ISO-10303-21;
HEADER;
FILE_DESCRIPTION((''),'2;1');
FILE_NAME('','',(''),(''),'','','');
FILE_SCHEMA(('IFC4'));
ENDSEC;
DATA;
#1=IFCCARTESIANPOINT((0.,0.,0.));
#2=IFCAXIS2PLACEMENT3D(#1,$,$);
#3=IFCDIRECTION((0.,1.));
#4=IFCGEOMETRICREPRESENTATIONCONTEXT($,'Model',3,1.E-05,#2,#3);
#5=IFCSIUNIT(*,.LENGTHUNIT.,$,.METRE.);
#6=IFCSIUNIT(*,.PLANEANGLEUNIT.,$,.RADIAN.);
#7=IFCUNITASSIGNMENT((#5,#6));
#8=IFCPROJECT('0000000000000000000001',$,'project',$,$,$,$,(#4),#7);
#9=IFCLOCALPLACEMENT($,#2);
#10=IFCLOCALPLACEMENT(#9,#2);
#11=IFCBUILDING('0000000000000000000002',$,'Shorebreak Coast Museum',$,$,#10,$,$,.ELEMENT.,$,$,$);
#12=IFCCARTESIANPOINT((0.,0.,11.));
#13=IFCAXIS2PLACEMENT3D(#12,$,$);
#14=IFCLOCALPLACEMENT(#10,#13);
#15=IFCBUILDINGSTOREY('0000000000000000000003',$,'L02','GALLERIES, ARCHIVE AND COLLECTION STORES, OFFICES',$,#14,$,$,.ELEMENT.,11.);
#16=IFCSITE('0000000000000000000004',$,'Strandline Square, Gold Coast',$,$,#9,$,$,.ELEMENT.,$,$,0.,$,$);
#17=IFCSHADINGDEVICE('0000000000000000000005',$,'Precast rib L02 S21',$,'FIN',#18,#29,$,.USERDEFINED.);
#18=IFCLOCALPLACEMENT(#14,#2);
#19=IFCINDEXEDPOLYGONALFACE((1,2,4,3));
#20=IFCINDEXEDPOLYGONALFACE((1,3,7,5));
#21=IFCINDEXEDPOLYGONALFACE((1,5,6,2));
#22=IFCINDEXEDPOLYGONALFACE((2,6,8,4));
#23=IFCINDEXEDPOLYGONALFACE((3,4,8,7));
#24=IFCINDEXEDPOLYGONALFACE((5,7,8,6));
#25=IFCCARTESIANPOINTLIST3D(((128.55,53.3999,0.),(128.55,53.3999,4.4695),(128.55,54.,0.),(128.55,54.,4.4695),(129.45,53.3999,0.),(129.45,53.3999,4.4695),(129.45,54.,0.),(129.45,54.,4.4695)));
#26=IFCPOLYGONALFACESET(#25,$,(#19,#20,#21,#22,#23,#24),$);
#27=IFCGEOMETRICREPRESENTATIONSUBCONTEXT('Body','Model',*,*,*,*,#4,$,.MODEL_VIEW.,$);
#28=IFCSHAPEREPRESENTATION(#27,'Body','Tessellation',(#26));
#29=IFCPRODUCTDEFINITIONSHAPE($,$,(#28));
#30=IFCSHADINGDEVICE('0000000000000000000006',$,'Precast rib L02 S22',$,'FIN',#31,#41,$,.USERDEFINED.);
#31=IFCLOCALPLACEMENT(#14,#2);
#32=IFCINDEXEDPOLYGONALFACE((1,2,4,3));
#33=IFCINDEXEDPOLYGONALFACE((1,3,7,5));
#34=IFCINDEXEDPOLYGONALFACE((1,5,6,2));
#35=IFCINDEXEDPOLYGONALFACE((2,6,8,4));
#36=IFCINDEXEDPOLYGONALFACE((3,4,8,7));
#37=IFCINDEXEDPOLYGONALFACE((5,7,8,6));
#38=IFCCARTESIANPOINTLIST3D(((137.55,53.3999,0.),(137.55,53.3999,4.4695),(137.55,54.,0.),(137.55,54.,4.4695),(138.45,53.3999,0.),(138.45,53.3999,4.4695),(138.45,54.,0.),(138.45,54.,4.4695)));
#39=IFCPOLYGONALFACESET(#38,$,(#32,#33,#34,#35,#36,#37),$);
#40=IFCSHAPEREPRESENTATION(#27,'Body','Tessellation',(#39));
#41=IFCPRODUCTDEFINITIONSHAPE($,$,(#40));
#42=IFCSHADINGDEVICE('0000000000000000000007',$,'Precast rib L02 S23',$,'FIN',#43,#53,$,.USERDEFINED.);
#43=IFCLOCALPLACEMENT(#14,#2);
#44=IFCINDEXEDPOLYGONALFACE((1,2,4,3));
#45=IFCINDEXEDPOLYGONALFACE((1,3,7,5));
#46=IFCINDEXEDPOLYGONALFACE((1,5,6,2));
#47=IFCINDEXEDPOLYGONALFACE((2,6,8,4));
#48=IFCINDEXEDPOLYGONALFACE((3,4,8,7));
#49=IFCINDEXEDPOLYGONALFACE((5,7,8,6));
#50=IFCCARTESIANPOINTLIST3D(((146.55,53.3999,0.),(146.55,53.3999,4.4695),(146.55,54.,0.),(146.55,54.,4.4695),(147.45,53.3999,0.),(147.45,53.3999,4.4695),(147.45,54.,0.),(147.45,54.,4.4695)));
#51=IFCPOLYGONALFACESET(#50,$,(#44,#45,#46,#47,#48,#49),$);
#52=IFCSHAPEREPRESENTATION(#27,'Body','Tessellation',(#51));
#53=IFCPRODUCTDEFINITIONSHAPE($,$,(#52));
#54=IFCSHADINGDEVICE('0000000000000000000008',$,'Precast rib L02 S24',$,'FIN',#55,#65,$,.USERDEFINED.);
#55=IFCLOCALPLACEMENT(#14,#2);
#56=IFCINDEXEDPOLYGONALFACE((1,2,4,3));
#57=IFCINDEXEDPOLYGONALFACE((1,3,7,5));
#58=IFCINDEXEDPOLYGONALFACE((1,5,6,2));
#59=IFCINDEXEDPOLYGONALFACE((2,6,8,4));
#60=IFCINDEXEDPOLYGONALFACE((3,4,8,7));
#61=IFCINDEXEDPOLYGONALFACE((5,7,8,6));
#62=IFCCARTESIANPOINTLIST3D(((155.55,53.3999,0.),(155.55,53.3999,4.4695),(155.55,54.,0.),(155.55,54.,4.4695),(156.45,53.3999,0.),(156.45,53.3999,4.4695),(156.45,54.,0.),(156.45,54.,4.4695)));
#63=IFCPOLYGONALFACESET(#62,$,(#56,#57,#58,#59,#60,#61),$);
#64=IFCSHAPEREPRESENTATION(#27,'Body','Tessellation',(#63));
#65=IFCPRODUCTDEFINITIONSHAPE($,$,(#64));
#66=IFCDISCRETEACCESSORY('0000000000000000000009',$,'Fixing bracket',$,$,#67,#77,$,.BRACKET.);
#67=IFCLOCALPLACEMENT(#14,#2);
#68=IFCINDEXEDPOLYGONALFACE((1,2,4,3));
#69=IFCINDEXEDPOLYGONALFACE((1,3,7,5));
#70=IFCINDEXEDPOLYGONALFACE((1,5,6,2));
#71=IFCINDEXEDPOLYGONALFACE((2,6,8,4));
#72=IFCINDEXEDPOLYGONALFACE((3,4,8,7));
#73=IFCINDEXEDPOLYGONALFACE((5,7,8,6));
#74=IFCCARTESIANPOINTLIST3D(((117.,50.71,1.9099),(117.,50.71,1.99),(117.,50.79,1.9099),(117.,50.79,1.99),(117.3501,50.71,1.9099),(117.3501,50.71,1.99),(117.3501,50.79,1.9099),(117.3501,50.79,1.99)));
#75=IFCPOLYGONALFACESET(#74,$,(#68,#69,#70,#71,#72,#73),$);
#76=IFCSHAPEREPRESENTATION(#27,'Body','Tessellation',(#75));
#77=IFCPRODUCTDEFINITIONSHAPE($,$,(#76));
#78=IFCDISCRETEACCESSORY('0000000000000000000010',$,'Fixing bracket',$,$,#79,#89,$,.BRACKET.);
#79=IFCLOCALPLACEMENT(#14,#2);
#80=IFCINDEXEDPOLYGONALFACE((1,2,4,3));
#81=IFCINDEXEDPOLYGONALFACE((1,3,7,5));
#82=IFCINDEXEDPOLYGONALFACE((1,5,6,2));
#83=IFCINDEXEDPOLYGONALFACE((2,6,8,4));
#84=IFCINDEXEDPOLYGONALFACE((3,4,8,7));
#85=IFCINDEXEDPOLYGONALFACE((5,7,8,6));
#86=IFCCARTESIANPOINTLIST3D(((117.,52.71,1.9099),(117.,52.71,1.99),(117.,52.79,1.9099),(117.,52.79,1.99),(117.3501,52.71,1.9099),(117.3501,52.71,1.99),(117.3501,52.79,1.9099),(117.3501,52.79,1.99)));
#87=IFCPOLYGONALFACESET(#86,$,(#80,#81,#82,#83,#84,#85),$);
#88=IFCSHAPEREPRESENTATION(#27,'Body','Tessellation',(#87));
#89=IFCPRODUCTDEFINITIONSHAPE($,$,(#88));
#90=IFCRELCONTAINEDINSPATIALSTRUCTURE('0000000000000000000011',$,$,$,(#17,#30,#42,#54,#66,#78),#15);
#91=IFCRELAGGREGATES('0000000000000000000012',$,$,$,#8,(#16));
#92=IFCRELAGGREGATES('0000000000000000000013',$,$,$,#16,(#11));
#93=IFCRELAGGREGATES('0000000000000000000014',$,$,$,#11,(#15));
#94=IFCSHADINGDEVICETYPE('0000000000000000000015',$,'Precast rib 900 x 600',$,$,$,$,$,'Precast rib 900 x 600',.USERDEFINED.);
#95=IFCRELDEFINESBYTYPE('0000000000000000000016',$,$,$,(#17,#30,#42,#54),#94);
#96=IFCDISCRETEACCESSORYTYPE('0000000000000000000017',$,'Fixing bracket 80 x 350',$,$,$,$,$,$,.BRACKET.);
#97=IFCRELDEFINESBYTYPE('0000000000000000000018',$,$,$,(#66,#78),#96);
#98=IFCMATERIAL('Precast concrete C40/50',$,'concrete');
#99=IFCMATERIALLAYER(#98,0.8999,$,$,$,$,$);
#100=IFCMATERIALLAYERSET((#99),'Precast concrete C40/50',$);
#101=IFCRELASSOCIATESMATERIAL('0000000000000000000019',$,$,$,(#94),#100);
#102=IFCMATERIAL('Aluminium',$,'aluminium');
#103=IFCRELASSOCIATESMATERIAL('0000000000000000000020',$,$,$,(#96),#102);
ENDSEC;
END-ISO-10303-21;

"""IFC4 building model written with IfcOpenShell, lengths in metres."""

from ifc_helpers import new_model, si_unit, direction, frame, origin, origin_2d, place, context, subcontext, project, spatial, rectangle, extrude, material, layer, layer_set, type_object, element, save


model = new_model("IFC4")

# Units and contexts
model_context = context("Model", 3, precision=1e-05, world=origin(), true_north=direction((0.0, 1.0)))
body_context = subcontext(model_context, "Body", "Model", "MODEL_VIEW")
ifc_project = project(units=[si_unit("LENGTHUNIT", "METRE"), si_unit("PLANEANGLEUNIT", "RADIAN")], contexts=[model_context])

# Site, building, storey
site_placement = place(None, origin())
site = spatial("IfcSite", under=ifc_project, at=site_placement, Name="Strandline Square, Gold Coast", CompositionType="ELEMENT", RefElevation=0.0)
building_placement = place(site_placement, origin())
building = spatial("IfcBuilding", under=site, at=building_placement, Name="Shorebreak Coast Museum", CompositionType="ELEMENT")
storey_placement = place(building_placement, frame((0.0, 0.0, 11.0)))
storey = spatial("IfcBuildingStorey", under=building, at=storey_placement, Name="L02", Description="GALLERIES, ARCHIVE AND COLLECTION STORES, OFFICES", CompositionType="ELEMENT", Elevation=11.0)

# Shading devices
ifc_material_1 = material(Name="Precast concrete C40/50", Category="concrete")
ifc_layer_1 = layer(ifc_material_1, 0.8999)
ifc_layer_set_1 = layer_set([ifc_layer_1], Name="Precast concrete C40/50")
shading_device_type_1 = type_object("IfcShadingDeviceType", Name="Precast rib 900 x 600", ElementType="Precast rib 900 x 600", PredefinedType="USERDEFINED", material=ifc_layer_set_1)
for number, where, z_axis, x_axis, name in (
    (1, (129.0, 53.7, 0.0), (0.0, 0.0, 1.0), (1.0, 0.0, 0.0), "Precast rib L02 S21"),
    (2, (138.0, 53.7, 0.0), (0.0, 0.0, 1.0), (1.0, 0.0, 0.0), "Precast rib L02 S22"),
    (3, (147.0, 53.7, 0.0), (0.0, 0.0, 1.0), (1.0, 0.0, 0.0), "Precast rib L02 S23"),
    (4, (156.0, 53.7, 0.0), (0.0, 0.0, 1.0), (1.0, 0.0, 0.0), "Precast rib L02 S24"),
):
    element("IfcShadingDevice", number, at=place(storey_placement, frame(where, z_axis=z_axis, x_axis=x_axis)), inside=storey, type_object=shading_device_type_1, Name=name, ObjectType="FIN", PredefinedType="USERDEFINED", context=body_context, shape_type="SweptSolid", body=[
        extrude(rectangle(XDim=0.8999, YDim=0.6001, at=origin_2d()), origin(), (0.0, 0.0, 1.0), 4.4695),
    ])

# Discrete accessories
ifc_material_2 = material(Name="Aluminium", Category="aluminium")
discrete_accessory_type = type_object("IfcDiscreteAccessoryType", Name="Fixing bracket 80 x 350", PredefinedType="BRACKET", material=ifc_material_2)
for number, where, z_axis, x_axis, name in (
    (5, (117.175, 50.75, 1.9099), (0.0, 0.0, 1.0), (1.0, 0.0, 0.0), "Fixing bracket"),
    (6, (117.175, 52.75, 1.9099), (0.0, 0.0, 1.0), (1.0, 0.0, 0.0), "Fixing bracket"),
):
    element("IfcDiscreteAccessory", number, at=place(storey_placement, frame(where, z_axis=z_axis, x_axis=x_axis)), inside=storey, type_object=discrete_accessory_type, Name=name, PredefinedType="BRACKET", context=body_context, shape_type="SweptSolid", body=[
        extrude(rectangle(XDim=0.3501, YDim=0.0801, at=origin_2d()), origin(), (0.0, 0.0, 1.0), 0.0801),
    ])

save(model, "model.ifc")
